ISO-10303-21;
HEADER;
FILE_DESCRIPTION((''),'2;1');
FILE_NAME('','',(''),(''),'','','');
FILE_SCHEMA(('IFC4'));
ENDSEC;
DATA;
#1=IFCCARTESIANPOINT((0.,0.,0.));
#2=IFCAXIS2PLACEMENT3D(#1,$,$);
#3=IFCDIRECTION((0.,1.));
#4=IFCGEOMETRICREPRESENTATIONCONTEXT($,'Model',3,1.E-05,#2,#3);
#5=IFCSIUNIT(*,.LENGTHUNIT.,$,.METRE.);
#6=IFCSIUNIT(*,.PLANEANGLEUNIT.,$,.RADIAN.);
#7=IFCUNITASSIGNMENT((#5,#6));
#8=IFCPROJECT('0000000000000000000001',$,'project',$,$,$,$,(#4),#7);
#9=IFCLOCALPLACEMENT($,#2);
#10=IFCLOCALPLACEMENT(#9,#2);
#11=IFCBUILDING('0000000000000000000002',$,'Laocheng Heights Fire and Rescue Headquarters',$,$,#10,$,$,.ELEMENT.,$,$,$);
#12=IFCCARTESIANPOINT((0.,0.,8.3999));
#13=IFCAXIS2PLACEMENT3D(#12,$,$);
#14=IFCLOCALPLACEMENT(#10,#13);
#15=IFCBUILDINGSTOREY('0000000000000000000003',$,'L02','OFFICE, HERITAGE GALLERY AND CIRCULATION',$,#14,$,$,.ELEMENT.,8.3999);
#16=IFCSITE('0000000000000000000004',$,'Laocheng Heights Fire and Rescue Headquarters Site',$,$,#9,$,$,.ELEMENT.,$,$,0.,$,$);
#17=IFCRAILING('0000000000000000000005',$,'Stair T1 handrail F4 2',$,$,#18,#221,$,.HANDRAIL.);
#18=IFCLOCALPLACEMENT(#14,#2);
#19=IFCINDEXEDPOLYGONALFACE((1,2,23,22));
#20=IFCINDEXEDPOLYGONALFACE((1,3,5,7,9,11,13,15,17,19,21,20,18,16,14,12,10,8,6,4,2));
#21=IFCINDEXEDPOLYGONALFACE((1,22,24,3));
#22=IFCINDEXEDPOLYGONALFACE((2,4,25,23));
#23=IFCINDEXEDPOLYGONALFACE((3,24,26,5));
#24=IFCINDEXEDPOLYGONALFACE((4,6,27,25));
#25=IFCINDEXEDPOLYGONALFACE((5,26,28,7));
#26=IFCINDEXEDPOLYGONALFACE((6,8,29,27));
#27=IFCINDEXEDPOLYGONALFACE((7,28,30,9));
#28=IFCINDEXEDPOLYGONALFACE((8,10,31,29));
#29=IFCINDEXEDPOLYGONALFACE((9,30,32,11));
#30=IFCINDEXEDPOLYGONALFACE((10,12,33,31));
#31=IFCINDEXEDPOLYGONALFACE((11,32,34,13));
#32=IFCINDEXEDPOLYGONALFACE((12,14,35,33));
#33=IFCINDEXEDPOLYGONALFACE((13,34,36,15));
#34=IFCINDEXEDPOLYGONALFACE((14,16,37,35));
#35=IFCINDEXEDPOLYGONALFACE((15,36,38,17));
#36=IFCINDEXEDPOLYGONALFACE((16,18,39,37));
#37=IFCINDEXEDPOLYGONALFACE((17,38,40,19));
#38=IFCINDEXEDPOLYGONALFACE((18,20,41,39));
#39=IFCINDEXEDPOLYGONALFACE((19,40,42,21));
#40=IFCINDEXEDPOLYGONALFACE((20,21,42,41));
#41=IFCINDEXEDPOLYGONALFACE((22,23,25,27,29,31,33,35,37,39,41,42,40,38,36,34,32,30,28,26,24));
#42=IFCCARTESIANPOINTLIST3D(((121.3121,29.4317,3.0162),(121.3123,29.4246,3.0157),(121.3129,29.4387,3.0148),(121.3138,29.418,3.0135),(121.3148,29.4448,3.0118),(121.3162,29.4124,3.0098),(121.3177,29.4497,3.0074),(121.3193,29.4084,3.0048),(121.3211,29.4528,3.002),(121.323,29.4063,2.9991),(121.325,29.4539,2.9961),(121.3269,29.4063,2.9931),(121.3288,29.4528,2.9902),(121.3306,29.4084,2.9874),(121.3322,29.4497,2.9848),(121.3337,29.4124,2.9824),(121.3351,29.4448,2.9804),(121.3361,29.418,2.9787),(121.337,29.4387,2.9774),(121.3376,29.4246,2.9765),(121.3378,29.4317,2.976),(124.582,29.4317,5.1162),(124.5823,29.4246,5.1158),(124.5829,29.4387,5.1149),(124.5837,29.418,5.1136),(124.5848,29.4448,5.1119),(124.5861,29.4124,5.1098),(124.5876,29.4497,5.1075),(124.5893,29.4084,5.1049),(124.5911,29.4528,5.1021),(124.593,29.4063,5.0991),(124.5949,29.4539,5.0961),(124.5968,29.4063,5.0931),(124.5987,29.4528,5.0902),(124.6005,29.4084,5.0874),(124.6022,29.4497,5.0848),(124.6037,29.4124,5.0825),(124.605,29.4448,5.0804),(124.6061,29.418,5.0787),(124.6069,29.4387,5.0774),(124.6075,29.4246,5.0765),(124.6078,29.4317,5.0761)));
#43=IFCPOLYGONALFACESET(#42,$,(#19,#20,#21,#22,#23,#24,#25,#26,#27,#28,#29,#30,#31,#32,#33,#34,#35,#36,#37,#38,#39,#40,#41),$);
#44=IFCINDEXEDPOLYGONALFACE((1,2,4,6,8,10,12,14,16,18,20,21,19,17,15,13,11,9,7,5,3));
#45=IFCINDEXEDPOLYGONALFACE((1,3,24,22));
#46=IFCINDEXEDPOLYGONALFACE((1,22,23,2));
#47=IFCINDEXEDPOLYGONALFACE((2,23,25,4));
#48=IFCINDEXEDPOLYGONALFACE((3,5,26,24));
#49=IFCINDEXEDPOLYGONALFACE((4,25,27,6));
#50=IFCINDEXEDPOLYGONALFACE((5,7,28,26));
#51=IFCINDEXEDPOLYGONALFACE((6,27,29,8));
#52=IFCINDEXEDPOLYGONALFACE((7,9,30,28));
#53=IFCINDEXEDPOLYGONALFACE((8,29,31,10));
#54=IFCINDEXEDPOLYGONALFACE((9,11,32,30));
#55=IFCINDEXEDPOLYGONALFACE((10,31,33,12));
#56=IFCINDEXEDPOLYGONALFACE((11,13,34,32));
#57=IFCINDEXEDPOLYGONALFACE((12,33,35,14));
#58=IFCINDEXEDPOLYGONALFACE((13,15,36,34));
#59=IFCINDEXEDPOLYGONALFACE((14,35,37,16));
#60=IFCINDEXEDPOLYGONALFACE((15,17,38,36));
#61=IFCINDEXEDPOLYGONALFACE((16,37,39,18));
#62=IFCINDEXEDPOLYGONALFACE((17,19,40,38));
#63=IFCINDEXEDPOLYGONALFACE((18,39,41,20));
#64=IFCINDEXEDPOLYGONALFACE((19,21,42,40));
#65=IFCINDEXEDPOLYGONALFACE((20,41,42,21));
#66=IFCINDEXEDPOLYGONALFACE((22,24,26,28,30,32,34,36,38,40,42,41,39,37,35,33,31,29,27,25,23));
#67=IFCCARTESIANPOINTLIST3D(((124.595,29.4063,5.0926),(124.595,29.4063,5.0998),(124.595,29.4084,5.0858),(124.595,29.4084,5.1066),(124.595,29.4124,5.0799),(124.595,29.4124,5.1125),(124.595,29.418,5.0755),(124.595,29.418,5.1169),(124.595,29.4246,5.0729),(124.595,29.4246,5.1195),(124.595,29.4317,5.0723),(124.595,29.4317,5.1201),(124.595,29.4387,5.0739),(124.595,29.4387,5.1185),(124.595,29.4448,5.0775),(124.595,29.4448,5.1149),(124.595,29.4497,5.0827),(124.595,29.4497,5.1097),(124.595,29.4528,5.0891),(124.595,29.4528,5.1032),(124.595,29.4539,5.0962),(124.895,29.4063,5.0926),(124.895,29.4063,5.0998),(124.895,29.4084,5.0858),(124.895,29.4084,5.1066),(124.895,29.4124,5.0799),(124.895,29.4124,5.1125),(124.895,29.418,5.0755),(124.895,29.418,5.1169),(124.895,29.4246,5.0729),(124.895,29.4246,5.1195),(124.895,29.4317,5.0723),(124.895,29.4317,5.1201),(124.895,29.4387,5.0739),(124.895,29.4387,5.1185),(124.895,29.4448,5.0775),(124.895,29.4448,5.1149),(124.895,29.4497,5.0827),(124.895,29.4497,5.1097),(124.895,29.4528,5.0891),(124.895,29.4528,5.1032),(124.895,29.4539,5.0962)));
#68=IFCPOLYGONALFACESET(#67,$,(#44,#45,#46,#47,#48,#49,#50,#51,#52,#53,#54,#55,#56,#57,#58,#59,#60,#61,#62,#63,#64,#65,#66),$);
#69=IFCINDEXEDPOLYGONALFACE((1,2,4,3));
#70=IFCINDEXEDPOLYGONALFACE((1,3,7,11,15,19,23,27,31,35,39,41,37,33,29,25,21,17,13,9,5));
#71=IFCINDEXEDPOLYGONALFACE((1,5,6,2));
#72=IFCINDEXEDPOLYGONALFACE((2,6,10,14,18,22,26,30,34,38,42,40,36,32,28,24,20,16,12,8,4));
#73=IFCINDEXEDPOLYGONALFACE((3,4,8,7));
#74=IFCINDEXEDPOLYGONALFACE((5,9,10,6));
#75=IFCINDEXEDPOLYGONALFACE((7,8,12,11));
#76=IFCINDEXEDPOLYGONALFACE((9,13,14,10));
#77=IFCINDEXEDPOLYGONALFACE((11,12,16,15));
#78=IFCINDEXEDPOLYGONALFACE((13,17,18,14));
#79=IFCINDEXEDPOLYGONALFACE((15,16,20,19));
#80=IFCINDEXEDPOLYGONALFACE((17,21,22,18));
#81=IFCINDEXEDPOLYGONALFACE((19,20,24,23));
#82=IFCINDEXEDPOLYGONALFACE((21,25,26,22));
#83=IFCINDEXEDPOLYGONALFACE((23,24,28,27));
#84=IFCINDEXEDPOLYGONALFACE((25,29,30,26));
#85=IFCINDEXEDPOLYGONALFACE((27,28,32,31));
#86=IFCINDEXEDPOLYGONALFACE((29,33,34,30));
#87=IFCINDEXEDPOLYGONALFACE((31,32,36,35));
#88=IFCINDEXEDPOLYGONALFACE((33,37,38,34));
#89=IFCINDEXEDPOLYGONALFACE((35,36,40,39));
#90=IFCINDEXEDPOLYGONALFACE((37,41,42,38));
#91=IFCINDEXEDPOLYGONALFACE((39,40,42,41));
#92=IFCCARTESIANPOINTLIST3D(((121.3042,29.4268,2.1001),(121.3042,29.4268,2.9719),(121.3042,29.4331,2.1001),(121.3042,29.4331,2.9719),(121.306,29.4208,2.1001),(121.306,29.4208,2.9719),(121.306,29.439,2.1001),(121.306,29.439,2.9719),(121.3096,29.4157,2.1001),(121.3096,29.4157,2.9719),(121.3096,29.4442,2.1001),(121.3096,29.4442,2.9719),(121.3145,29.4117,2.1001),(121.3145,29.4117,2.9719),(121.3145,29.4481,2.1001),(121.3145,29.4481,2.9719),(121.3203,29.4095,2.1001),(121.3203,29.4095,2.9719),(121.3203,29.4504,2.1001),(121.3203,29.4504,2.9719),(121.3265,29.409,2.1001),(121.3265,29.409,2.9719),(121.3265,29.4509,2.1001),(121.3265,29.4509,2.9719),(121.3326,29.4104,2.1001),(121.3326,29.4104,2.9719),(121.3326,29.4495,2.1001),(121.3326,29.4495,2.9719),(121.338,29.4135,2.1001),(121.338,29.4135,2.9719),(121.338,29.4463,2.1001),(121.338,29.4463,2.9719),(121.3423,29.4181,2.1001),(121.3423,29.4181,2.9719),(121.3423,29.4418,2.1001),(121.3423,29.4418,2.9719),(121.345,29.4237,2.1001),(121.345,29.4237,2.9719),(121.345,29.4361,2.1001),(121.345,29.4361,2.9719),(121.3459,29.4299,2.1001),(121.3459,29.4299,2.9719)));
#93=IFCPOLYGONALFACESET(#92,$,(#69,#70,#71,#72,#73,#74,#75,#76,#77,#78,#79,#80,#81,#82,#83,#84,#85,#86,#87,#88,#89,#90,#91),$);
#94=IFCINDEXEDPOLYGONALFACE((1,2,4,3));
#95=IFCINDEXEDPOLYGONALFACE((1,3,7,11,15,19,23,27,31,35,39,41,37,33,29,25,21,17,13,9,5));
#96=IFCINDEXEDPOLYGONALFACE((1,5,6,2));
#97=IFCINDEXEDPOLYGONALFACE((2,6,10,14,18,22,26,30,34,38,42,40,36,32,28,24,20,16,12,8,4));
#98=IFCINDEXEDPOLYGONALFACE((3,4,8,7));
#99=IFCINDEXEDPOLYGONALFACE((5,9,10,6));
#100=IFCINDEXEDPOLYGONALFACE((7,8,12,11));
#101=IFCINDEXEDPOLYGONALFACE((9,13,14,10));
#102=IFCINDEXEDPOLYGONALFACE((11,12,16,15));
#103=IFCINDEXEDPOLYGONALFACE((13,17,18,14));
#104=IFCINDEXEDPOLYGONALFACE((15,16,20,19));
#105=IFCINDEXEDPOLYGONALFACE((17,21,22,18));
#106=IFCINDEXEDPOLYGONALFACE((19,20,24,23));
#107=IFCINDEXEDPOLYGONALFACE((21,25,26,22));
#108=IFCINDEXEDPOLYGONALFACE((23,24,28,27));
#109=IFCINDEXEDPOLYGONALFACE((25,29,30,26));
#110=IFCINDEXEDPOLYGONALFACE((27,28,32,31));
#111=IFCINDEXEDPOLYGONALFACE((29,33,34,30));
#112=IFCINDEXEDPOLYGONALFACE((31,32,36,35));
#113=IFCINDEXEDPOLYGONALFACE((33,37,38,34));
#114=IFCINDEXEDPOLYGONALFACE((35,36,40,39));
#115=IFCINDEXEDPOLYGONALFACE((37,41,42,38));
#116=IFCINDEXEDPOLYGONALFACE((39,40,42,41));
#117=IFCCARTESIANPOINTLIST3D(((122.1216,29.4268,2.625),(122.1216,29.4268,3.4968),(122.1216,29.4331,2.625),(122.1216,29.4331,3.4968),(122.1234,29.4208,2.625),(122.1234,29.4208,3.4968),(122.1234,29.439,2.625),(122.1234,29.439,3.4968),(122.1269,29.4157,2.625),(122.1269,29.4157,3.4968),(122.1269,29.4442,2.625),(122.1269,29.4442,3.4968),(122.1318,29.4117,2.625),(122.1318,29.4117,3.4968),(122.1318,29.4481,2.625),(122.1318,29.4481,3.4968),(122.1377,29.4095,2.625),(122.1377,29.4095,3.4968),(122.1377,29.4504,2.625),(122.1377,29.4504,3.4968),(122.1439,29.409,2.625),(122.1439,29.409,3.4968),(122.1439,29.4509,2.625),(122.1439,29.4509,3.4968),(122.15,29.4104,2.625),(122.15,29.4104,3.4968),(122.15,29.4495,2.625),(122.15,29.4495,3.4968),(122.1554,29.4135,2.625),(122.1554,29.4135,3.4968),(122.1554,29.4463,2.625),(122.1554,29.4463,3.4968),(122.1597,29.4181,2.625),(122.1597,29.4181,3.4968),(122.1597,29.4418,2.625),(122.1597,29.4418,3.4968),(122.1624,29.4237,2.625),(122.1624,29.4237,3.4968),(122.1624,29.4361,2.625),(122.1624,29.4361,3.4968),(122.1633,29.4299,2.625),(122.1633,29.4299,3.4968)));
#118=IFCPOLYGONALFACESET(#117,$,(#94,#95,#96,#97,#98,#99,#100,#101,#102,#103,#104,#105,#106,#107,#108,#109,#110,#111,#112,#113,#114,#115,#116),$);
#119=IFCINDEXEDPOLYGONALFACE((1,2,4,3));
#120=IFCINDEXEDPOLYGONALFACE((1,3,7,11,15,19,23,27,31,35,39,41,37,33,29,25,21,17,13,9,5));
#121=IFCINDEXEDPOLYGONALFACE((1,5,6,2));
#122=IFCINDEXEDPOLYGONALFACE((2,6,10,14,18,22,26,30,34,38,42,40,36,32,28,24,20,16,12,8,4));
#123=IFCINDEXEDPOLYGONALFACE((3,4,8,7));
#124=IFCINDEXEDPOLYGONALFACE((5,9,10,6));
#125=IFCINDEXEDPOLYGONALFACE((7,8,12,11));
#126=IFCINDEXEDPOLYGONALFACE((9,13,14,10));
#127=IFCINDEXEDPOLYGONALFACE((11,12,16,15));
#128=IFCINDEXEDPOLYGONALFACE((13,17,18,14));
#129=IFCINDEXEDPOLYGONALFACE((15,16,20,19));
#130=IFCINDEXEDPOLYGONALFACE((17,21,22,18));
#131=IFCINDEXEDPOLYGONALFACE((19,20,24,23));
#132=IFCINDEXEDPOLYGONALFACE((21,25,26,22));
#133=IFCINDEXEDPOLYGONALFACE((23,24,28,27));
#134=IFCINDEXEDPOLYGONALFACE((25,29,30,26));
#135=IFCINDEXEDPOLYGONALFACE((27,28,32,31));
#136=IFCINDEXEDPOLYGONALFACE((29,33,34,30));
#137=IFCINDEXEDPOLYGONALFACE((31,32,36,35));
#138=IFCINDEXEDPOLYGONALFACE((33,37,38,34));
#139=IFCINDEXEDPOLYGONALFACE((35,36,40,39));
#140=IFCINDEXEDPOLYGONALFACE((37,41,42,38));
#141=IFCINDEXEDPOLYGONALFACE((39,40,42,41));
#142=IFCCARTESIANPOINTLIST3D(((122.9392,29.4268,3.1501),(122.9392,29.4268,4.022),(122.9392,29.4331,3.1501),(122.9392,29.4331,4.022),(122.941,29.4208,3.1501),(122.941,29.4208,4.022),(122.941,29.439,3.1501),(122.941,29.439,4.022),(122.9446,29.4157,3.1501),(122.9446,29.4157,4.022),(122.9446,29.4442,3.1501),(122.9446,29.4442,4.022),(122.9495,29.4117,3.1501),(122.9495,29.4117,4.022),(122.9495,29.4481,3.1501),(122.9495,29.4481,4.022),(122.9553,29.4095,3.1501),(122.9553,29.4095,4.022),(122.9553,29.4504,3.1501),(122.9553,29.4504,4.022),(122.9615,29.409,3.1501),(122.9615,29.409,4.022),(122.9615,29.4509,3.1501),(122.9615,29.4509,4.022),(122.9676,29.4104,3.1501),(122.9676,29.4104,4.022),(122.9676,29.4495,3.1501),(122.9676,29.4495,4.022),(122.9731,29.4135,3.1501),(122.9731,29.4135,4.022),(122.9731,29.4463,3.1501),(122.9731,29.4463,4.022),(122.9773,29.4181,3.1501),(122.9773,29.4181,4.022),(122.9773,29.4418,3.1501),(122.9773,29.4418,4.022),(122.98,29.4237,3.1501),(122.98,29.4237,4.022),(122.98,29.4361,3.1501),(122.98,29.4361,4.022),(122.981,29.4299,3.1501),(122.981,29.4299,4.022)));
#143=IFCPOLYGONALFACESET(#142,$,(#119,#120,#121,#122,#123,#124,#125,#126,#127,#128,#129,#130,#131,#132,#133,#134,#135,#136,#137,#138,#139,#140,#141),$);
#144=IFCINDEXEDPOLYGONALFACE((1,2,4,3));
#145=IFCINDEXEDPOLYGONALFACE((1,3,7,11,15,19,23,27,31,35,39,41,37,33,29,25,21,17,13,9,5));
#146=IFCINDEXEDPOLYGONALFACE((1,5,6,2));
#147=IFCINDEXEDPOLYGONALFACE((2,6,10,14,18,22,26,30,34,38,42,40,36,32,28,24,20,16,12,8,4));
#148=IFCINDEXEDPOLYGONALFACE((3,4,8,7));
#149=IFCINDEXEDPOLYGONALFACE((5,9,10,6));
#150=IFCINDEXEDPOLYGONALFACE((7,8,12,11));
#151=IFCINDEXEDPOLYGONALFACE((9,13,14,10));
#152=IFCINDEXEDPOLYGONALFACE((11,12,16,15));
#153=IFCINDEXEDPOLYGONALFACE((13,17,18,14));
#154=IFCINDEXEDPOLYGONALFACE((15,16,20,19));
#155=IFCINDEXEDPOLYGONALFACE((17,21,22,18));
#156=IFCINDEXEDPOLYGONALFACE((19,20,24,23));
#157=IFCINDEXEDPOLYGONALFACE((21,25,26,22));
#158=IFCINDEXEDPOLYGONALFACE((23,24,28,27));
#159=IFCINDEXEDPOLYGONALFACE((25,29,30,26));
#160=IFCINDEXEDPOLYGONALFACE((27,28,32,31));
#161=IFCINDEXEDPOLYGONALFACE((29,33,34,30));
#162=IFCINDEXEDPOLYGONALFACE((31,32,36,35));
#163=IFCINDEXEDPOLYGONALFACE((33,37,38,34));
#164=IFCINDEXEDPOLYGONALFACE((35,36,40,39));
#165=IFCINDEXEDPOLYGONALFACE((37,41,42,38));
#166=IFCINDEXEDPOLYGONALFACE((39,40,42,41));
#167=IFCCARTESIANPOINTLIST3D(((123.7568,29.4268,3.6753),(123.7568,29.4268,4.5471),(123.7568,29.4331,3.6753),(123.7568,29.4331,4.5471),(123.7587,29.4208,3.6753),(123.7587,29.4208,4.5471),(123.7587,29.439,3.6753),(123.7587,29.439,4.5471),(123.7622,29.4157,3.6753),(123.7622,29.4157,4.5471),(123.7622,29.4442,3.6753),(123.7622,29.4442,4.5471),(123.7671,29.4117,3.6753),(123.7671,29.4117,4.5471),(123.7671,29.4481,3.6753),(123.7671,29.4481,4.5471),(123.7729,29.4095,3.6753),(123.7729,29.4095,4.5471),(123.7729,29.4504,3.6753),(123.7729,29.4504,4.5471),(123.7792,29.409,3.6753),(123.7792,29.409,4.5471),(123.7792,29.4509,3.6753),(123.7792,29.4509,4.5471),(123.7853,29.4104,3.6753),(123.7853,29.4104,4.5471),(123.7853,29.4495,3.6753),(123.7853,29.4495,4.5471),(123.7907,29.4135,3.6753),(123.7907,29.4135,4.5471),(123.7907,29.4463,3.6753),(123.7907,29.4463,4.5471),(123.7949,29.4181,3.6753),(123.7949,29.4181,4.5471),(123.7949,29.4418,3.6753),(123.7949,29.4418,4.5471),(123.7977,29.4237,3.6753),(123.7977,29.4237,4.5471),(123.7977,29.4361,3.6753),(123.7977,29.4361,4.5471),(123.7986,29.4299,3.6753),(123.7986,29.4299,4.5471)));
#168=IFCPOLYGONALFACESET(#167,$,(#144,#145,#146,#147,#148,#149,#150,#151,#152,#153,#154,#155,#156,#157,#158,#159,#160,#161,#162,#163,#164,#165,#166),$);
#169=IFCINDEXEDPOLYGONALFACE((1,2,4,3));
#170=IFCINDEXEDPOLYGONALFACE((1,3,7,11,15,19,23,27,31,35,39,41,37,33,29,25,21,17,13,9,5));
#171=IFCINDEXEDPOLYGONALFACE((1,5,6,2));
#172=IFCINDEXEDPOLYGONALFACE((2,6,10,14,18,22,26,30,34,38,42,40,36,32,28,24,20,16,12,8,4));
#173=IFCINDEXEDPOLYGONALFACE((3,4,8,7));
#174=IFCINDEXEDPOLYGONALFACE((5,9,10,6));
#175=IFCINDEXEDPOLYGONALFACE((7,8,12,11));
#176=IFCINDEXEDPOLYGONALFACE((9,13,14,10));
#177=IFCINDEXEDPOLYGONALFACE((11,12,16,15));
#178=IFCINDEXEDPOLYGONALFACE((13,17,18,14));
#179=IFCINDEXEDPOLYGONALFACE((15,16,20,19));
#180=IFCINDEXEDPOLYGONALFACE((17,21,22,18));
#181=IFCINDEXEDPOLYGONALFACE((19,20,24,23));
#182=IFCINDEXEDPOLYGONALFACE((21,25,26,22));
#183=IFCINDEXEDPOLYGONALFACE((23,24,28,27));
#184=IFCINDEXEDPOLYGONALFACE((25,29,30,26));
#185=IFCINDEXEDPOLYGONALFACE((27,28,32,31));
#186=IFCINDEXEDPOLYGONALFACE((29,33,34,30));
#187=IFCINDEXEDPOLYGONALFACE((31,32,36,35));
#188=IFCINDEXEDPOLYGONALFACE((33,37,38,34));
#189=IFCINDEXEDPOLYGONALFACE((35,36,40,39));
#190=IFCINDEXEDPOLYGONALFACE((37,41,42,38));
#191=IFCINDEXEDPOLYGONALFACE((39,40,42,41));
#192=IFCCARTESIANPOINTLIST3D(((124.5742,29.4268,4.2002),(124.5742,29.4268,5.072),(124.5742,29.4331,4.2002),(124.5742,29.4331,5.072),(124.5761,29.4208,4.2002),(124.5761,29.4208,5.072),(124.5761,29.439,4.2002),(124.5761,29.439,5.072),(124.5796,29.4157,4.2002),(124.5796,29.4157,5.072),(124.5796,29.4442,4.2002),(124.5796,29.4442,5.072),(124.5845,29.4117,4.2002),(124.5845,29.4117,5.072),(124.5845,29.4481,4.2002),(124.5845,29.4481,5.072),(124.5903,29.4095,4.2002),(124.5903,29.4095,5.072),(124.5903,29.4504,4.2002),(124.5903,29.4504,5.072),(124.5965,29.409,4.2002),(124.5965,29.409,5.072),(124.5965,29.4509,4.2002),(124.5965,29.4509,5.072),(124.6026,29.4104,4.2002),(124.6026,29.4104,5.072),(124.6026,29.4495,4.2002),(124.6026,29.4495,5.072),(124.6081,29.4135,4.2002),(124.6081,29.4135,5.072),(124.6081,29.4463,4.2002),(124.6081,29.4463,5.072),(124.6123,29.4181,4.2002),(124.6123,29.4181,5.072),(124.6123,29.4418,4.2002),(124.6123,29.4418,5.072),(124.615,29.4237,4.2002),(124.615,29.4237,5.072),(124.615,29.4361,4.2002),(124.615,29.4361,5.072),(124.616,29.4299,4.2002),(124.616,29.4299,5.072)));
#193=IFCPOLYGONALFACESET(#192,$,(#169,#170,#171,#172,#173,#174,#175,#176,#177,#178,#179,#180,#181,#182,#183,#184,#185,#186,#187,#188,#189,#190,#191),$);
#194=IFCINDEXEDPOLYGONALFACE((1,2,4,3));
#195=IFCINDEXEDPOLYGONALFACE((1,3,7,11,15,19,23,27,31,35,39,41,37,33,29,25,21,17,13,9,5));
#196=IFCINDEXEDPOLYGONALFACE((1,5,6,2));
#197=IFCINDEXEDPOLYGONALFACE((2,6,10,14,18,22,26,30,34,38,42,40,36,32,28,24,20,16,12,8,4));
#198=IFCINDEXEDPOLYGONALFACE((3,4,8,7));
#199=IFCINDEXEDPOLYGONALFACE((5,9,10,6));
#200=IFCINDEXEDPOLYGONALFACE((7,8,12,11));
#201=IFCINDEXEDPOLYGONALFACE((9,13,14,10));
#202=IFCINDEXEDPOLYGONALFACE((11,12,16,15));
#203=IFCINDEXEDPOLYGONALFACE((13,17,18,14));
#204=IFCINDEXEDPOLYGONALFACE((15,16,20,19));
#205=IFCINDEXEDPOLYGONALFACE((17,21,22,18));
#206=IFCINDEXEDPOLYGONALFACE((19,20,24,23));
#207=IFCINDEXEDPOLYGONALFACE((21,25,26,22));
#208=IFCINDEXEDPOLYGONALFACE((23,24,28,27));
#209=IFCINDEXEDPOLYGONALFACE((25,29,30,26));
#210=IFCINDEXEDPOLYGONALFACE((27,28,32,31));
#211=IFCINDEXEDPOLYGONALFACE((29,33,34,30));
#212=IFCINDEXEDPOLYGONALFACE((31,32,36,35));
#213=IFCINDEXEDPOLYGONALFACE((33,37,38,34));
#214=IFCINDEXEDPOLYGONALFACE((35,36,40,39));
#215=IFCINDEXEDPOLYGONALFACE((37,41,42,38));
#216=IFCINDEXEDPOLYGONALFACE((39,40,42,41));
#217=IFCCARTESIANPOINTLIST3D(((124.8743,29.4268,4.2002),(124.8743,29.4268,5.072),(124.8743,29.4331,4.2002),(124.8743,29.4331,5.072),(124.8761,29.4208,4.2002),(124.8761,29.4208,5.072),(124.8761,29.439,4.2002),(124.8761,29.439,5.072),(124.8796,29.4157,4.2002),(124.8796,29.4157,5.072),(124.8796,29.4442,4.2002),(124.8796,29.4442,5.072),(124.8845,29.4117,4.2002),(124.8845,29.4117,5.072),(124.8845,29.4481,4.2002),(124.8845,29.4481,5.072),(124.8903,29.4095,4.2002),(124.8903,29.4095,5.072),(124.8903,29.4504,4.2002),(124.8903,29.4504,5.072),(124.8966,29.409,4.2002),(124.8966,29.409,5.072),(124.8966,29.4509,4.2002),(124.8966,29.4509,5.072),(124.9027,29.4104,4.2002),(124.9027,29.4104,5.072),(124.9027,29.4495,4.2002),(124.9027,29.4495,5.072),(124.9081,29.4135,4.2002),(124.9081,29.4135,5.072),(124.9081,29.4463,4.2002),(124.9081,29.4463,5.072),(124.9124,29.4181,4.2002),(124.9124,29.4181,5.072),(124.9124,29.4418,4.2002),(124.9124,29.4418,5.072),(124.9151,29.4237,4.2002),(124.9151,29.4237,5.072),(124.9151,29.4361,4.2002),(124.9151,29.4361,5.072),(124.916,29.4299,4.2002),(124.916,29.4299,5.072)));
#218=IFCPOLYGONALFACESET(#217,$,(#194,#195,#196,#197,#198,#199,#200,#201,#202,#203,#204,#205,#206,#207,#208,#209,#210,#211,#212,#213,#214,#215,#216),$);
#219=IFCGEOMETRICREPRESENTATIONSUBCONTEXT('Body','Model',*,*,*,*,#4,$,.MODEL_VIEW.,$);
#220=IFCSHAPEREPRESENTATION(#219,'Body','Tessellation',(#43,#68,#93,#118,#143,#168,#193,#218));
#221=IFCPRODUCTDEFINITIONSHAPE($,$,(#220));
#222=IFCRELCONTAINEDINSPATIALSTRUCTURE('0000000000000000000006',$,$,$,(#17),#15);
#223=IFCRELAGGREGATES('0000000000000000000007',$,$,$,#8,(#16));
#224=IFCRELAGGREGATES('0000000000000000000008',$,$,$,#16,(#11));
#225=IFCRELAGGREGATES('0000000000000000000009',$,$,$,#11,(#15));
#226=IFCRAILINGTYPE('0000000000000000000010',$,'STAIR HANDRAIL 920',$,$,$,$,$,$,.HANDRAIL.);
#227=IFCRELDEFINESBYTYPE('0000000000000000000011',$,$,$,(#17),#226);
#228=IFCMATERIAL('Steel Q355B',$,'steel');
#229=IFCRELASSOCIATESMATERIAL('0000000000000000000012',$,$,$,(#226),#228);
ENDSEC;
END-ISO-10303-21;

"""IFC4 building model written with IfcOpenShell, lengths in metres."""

from ifc_helpers import new_model, si_unit, direction, frame, origin, origin_2d, place, context, subcontext, project, spatial, circle, extrude, material, type_object, element, save


model = new_model("IFC4")

# Units and contexts
model_context = context("Model", 3, precision=1e-05, world=origin(), true_north=direction((0.0, 1.0)))
body_context = subcontext(model_context, "Body", "Model", "MODEL_VIEW")
ifc_project = project(units=[si_unit("LENGTHUNIT", "METRE"), si_unit("PLANEANGLEUNIT", "RADIAN")], contexts=[model_context])

# Site, building, storey
site_placement = place(None, origin())
site = spatial("IfcSite", under=ifc_project, at=site_placement, Name="Laocheng Heights Fire and Rescue Headquarters Site", CompositionType="ELEMENT", RefElevation=0.0)
building_placement = place(site_placement, origin())
building = spatial("IfcBuilding", under=site, at=building_placement, Name="Laocheng Heights Fire and Rescue Headquarters", CompositionType="ELEMENT")
storey_placement = place(building_placement, frame((0.0, 0.0, 8.3999)))
storey = spatial("IfcBuildingStorey", under=building, at=storey_placement, Name="L02", Description="OFFICE, HERITAGE GALLERY AND CIRCULATION", CompositionType="ELEMENT", Elevation=8.3999)

# Railing
ifc_material_1 = material(Name="Steel Q355B", Category="steel")
railing_type_1 = type_object("IfcRailingType", Name="STAIR HANDRAIL 920", PredefinedType="HANDRAIL", material=ifc_material_1)
railing_1_placement = place(storey_placement, frame((121.325, 29.4299, 2.1001)))
element("IfcRailing", 1, at=railing_1_placement, inside=storey, type_object=railing_type_1, Name="Stair T1 handrail F4 2", PredefinedType="HANDRAIL", context=body_context, shape_type="SweptSolid", body=[
    extrude(circle(Radius=0.0239, at=origin_2d()), frame((0.0, 0.0, 0.896), z_axis=(0.841419, 0.0, 0.540383), x_axis=(0.0, 1.0, 0.0)), (0.0, 0.0, 1.0), 3.8862),
    extrude(circle(Radius=0.0239, at=origin_2d()), frame((3.27, 0.0, 2.9961), z_axis=(1.0, 0.0, 0.0), x_axis=(0.0, 1.0, 0.0)), (0.0, 0.0, 1.0), 0.3),
    extrude(circle(Radius=0.021, at=origin_2d()), origin(), (0.0, 0.0, 1.0), 0.8718),
    extrude(circle(Radius=0.021, at=origin_2d()), frame((0.8174, 0.0, 0.5249)), (0.0, 0.0, 1.0), 0.8718),
    extrude(circle(Radius=0.021, at=origin_2d()), frame((1.635, 0.0, 1.05)), (0.0, 0.0, 1.0), 0.8718),
    extrude(circle(Radius=0.021, at=origin_2d()), frame((2.4526, 0.0, 1.5752)), (0.0, 0.0, 1.0), 0.8718),
    extrude(circle(Radius=0.021, at=origin_2d()), frame((3.27, 0.0, 2.1001)), (0.0, 0.0, 1.0), 0.8718),
    extrude(circle(Radius=0.021, at=origin_2d()), frame((3.5701, 0.0, 2.1001)), (0.0, 0.0, 1.0), 0.8718),
])

save(model, "model.ifc")
